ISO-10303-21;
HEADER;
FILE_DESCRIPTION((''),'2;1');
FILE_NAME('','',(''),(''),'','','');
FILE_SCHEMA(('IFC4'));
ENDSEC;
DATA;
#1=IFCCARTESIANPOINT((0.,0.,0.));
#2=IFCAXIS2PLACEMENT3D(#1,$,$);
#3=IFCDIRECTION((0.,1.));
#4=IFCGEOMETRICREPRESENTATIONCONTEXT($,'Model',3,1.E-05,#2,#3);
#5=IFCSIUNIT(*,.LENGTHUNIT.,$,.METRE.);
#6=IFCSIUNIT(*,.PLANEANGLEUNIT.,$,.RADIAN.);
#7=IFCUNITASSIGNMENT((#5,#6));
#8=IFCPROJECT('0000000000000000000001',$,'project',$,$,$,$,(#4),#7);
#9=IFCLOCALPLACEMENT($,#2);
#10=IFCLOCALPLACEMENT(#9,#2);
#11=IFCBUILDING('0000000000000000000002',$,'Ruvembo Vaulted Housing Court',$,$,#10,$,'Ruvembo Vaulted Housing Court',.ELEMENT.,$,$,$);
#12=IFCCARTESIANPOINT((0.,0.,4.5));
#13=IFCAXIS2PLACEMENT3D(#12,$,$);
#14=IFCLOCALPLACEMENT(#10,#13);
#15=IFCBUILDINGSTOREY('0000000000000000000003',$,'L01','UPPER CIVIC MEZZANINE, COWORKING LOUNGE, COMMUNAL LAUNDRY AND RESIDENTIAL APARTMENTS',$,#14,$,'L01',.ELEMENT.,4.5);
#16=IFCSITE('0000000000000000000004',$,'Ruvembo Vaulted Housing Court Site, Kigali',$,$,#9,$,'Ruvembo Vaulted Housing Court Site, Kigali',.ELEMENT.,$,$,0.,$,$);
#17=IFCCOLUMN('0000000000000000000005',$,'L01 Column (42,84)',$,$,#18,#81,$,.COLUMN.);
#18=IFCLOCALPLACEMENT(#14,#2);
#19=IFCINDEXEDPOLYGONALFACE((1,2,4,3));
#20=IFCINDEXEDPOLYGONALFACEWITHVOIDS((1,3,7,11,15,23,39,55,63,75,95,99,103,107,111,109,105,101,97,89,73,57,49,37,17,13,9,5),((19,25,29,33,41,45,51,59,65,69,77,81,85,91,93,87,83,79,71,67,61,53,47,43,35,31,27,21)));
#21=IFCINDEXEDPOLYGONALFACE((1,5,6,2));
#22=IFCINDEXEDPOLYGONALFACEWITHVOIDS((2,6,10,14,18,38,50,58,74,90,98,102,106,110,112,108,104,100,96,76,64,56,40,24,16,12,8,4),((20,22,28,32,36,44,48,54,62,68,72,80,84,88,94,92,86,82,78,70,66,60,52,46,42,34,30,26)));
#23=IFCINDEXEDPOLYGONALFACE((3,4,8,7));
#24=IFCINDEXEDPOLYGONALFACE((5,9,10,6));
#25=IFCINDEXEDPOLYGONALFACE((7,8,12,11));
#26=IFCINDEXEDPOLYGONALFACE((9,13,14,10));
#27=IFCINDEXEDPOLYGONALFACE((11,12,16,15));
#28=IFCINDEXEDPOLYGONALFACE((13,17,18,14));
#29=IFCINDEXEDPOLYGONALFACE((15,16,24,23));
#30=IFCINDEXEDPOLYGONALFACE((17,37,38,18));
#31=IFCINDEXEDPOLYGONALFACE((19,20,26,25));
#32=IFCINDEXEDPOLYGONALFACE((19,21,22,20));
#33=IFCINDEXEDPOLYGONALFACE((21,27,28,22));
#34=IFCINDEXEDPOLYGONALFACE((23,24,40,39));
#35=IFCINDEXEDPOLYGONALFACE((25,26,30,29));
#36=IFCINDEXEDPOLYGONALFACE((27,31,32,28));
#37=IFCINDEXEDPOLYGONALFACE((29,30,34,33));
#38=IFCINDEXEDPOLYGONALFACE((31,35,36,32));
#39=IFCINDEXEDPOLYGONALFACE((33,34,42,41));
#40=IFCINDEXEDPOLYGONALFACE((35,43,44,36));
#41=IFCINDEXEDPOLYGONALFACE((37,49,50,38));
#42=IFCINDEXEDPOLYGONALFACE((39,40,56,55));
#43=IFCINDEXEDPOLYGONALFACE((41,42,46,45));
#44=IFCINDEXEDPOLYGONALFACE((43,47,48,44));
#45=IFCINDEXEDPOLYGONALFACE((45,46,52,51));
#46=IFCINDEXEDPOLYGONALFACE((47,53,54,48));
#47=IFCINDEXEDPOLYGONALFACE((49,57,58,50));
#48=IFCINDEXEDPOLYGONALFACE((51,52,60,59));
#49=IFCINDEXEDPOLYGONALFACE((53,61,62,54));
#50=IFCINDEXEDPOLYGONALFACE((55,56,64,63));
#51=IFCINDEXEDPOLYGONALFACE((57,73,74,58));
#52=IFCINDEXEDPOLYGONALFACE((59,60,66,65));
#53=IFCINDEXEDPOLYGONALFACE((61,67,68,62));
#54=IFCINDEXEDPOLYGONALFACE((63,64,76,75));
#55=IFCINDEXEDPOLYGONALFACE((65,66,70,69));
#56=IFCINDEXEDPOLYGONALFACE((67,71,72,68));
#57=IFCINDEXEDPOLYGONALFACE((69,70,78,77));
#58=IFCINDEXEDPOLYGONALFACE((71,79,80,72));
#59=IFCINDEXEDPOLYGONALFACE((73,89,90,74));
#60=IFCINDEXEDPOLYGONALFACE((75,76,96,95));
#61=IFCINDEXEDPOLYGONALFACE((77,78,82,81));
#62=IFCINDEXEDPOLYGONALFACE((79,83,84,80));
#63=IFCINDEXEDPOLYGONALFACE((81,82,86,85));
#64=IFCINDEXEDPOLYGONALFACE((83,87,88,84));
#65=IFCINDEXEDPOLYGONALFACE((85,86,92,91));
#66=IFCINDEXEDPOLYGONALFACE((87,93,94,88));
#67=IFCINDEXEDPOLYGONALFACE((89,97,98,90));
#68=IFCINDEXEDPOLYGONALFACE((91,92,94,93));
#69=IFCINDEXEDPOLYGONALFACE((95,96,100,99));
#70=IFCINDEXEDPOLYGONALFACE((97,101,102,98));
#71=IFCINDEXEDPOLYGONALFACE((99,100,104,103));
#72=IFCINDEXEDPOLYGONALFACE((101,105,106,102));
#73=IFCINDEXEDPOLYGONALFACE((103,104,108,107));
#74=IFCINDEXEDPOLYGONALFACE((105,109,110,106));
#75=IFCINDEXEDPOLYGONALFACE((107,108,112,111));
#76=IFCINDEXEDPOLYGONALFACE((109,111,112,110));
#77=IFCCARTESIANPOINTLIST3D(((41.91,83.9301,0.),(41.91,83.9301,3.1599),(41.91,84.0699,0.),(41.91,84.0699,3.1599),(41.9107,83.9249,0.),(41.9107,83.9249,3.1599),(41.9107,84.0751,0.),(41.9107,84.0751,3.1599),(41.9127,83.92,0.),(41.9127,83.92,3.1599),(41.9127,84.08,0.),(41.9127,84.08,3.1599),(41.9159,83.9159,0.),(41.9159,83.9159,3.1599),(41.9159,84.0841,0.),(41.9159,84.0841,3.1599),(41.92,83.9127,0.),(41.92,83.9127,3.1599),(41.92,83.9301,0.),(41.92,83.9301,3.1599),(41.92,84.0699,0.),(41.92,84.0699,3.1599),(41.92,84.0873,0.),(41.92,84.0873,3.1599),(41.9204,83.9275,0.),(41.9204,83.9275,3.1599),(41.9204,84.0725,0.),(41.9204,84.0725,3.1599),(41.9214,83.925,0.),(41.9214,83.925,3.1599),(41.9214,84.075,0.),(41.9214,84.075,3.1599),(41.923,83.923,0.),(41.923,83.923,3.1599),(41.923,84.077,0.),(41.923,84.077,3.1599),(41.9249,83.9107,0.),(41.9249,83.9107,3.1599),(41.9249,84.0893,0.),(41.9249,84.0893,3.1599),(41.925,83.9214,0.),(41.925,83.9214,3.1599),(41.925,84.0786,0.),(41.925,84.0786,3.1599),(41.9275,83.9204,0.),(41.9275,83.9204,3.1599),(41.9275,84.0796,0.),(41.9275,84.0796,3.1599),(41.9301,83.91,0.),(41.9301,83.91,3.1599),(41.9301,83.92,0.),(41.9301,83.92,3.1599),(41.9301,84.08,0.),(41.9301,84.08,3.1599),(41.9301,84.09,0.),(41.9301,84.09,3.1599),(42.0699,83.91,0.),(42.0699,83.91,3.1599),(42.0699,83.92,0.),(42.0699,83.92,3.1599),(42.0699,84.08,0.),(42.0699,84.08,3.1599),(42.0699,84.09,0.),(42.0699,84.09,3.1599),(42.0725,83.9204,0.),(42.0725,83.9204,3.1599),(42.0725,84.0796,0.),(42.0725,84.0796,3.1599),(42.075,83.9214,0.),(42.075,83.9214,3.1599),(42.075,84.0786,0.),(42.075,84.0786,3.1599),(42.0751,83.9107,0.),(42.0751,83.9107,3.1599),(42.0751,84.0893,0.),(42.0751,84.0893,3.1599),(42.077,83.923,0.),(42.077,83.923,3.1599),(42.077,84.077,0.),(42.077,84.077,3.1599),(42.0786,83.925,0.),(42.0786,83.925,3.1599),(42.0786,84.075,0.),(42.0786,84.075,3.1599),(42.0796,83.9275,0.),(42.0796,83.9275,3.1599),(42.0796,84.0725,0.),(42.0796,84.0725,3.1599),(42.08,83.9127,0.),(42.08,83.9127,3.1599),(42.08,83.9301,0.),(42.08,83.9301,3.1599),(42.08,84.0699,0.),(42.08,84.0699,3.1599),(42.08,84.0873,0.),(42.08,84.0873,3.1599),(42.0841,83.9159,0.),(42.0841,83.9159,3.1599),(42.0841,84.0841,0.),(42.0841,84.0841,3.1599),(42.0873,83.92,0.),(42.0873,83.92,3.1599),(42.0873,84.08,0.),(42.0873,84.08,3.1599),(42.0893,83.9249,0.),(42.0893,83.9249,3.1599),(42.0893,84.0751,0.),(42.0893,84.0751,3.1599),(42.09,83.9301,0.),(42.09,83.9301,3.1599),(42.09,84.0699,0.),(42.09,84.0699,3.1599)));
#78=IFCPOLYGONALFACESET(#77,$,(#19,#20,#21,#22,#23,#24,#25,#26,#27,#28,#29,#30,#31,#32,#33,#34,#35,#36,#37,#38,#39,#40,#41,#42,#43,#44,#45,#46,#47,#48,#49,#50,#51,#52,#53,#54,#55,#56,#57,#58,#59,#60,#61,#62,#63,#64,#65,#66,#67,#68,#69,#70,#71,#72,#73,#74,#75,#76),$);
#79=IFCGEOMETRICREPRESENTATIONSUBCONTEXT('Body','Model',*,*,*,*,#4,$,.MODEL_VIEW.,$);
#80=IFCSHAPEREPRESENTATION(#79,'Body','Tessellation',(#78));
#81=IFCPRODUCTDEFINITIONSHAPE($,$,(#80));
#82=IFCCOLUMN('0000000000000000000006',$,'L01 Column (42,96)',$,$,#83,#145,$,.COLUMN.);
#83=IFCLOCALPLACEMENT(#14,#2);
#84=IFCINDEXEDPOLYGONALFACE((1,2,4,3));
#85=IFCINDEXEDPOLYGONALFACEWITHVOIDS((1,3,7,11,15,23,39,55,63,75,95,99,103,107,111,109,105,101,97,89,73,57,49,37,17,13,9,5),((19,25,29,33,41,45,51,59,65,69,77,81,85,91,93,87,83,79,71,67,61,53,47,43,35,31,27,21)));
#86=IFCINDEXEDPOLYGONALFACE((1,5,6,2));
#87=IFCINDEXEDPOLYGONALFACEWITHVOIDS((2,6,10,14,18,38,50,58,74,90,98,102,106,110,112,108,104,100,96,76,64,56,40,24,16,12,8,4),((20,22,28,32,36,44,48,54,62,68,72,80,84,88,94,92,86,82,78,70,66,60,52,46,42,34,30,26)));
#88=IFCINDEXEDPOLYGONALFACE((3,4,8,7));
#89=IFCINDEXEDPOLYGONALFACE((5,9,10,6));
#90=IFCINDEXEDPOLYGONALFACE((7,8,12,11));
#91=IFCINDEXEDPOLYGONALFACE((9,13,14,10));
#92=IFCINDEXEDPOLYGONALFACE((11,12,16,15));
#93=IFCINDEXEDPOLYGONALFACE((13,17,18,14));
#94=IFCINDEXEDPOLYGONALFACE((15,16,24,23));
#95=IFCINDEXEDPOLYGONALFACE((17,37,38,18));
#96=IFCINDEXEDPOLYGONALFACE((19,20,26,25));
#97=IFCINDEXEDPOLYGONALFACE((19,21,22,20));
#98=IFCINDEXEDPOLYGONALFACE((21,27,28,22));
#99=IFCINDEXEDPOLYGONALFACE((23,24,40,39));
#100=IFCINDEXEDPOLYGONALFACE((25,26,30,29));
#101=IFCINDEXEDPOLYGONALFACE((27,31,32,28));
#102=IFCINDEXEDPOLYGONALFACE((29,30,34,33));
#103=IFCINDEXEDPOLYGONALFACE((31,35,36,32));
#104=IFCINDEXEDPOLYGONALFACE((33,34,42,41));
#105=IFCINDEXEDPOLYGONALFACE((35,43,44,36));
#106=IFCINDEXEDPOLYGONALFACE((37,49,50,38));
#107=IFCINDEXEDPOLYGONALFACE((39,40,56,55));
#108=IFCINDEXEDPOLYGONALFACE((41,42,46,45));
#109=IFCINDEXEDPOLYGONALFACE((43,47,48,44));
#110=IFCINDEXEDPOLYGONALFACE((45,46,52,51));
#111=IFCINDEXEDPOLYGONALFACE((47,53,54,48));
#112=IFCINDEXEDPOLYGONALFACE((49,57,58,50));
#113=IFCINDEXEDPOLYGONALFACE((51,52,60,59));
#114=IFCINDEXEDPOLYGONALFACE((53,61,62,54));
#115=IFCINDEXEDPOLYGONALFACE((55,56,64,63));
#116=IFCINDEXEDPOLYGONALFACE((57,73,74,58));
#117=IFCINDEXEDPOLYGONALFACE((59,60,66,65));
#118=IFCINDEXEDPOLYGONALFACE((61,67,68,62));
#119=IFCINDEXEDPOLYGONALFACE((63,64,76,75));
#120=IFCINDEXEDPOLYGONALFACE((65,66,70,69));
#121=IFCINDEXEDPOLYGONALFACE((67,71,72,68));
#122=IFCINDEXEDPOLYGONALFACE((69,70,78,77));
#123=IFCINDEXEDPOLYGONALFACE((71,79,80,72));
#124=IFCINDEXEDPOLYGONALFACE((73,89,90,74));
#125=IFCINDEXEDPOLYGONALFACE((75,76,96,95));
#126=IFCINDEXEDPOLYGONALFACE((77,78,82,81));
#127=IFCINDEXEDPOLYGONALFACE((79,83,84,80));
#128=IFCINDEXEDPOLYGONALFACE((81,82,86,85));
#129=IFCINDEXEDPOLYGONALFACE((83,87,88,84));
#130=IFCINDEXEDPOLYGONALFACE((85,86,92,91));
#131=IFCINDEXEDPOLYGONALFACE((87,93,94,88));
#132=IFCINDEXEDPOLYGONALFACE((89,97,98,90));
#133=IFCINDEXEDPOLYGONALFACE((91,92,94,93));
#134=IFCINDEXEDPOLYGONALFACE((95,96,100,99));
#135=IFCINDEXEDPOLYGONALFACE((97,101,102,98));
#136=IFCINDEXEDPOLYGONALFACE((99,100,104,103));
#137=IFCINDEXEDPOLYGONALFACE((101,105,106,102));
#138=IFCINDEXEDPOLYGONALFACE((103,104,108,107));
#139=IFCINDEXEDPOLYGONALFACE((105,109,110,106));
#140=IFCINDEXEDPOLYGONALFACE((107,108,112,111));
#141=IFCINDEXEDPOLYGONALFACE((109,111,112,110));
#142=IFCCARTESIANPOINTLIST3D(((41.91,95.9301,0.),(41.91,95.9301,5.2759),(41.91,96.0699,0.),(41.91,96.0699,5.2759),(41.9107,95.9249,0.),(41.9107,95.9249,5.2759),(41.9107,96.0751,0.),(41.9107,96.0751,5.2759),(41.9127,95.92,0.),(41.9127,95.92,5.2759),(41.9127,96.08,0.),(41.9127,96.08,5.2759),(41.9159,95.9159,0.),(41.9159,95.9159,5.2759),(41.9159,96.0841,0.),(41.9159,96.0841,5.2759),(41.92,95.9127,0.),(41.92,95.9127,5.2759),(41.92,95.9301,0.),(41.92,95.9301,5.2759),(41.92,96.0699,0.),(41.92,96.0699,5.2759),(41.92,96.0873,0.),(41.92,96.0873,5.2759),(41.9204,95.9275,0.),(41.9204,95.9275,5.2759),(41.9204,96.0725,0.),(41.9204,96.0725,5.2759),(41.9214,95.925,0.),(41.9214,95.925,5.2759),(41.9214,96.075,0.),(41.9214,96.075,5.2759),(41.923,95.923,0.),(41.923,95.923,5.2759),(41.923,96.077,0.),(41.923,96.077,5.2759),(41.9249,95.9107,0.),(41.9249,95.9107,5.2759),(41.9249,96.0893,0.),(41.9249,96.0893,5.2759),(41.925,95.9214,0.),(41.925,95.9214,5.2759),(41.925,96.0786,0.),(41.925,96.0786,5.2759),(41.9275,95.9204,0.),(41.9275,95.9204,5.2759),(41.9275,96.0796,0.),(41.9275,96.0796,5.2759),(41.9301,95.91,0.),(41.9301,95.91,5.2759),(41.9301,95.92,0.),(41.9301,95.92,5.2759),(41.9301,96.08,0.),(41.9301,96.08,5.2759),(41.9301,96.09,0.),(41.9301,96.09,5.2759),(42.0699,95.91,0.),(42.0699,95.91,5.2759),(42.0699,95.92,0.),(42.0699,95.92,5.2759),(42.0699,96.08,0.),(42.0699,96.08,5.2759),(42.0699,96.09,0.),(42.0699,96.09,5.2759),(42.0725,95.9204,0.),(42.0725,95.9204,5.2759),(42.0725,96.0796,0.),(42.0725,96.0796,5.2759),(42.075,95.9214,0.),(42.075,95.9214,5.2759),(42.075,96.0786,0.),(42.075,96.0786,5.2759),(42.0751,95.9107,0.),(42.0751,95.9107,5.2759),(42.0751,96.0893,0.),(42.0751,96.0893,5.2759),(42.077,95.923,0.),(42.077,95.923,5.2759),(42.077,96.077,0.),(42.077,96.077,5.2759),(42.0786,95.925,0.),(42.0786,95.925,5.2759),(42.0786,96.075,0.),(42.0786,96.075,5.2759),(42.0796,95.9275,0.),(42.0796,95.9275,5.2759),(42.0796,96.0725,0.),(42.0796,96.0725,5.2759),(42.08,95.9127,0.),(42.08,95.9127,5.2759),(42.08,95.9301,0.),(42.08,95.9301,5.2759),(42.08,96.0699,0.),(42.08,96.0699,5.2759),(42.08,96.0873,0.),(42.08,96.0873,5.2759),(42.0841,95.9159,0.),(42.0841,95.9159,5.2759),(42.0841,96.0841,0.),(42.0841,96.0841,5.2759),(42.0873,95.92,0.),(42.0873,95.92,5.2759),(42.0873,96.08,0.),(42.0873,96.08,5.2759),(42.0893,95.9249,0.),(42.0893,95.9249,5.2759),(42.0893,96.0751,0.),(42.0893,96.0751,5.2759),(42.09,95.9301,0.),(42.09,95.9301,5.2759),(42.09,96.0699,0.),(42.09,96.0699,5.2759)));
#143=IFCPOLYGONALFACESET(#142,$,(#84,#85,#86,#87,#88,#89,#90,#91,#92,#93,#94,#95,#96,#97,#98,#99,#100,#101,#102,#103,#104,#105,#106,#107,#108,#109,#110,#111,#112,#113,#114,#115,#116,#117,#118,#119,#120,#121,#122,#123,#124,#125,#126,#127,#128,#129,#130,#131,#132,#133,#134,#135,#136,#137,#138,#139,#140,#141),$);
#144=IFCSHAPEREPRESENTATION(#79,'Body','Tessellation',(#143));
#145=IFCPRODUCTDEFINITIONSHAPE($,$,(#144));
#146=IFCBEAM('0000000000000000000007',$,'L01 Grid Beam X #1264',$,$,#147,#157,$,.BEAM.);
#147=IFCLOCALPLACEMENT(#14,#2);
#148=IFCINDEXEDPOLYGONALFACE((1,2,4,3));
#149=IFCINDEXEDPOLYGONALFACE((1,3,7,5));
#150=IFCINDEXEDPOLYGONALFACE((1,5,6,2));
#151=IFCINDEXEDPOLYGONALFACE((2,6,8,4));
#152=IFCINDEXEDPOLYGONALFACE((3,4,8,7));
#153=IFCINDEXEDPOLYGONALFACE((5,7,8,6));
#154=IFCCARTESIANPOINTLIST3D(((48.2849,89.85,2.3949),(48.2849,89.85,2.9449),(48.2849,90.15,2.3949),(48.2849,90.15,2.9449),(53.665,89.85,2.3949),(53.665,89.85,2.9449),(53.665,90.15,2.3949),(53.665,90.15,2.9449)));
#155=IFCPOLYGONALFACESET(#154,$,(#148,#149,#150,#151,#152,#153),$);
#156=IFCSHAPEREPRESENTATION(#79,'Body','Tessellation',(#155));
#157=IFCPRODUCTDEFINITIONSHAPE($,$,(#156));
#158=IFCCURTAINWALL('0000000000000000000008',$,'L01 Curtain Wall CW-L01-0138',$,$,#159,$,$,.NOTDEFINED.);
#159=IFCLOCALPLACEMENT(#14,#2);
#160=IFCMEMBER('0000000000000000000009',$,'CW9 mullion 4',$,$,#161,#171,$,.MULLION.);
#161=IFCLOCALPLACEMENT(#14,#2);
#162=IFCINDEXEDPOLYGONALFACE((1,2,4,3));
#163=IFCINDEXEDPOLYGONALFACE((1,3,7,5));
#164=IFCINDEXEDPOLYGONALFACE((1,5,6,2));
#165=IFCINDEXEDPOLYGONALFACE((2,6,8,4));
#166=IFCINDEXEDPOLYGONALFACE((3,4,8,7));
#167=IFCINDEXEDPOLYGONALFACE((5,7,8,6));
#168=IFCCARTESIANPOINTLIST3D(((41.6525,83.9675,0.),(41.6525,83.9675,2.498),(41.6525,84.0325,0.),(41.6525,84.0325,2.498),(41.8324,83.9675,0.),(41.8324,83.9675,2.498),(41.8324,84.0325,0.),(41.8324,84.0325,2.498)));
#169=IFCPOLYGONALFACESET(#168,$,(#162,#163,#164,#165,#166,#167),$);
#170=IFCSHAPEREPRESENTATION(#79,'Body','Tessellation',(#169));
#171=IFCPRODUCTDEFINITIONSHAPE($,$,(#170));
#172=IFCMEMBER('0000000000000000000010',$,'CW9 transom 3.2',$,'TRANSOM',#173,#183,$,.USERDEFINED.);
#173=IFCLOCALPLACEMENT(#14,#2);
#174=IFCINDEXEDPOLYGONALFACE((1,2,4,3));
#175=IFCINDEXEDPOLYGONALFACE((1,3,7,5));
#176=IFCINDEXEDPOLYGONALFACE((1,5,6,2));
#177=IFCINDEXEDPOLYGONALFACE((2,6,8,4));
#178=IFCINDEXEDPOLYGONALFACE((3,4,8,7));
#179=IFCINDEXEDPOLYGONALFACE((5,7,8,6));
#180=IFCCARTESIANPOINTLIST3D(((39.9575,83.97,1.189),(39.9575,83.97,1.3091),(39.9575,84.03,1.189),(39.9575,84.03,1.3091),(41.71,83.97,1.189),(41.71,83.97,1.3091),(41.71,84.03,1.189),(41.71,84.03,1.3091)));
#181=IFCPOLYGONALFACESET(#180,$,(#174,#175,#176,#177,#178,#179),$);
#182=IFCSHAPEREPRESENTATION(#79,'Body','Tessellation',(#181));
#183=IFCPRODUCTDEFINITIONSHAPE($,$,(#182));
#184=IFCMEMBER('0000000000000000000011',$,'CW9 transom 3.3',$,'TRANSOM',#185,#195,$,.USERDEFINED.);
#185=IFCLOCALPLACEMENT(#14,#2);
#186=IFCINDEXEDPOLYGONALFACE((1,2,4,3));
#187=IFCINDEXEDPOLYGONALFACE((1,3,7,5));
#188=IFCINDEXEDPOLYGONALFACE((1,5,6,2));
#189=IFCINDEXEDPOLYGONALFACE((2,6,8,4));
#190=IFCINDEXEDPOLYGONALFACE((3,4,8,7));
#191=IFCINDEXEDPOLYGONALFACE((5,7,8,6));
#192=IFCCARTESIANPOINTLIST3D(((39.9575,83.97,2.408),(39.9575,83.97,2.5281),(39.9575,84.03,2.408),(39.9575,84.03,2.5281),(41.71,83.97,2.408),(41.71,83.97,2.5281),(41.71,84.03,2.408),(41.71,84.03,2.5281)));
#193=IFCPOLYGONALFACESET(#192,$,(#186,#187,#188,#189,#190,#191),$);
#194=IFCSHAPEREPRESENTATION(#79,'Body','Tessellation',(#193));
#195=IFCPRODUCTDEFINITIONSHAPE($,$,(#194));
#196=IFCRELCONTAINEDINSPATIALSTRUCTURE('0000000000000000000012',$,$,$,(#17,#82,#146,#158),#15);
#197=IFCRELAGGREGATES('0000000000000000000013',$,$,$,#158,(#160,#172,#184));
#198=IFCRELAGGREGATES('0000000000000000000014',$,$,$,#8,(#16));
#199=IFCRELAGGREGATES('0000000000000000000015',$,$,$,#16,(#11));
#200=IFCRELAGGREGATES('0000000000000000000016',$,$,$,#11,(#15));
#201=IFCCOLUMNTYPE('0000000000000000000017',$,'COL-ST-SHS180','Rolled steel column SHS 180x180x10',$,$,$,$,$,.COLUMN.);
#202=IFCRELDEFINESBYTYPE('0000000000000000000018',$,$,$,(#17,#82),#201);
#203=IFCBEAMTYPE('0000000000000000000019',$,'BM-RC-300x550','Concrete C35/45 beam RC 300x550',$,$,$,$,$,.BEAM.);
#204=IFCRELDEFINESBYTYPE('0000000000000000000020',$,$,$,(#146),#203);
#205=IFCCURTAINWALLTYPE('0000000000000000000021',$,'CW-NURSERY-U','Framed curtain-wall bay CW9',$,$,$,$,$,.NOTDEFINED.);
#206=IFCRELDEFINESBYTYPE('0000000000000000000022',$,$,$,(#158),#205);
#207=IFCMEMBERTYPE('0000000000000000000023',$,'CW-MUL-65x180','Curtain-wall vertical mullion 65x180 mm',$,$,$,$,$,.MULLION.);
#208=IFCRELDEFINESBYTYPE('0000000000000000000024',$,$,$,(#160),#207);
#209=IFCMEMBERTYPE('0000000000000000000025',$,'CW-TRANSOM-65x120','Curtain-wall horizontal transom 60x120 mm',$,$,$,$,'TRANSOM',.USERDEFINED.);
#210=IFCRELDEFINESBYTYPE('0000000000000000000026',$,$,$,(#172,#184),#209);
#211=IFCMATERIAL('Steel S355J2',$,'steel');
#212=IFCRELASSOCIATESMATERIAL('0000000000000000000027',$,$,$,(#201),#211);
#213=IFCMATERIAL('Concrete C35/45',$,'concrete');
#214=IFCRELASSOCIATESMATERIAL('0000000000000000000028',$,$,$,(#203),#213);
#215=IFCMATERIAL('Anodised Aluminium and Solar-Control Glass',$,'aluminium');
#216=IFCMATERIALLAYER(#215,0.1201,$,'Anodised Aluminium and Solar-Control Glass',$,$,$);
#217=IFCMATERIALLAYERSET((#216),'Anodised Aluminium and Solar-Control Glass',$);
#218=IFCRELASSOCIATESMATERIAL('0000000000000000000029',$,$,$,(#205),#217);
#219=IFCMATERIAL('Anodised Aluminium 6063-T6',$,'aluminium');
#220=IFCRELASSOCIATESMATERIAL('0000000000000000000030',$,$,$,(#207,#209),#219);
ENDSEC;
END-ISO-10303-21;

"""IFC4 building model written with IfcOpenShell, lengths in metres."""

from ifc_helpers import new_model, si_unit, direction, frame, origin, origin_2d, place, context, subcontext, project, spatial, rectangle, hollow_rectangle, extrude, material, layer, layer_set, material_profile, profile_set, type_object, element, aggregate, save


model = new_model("IFC4")

# Units and contexts
model_context = context("Model", 3, precision=1e-05, world=origin(), true_north=direction((0.0, 1.0)))
body_context = subcontext(model_context, "Body", "Model", "MODEL_VIEW")
ifc_project = project(units=[si_unit("LENGTHUNIT", "METRE"), si_unit("PLANEANGLEUNIT", "RADIAN")], contexts=[model_context])

# Site, building, storey
site_placement = place(None, origin())
site = spatial("IfcSite", under=ifc_project, at=site_placement, Name="Ruvembo Vaulted Housing Court Site, Kigali", LongName="Ruvembo Vaulted Housing Court Site, Kigali", CompositionType="ELEMENT", RefElevation=0.0)
building_placement = place(site_placement, origin())
building = spatial("IfcBuilding", under=site, at=building_placement, Name="Ruvembo Vaulted Housing Court", LongName="Ruvembo Vaulted Housing Court", CompositionType="ELEMENT")
storey_placement = place(building_placement, frame((0.0, 0.0, 4.5)))
storey = spatial("IfcBuildingStorey", under=building, at=storey_placement, Name="L01", Description="UPPER CIVIC MEZZANINE, COWORKING LOUNGE, COMMUNAL LAUNDRY AND RESIDENTIAL APARTMENTS", LongName="L01", CompositionType="ELEMENT", Elevation=4.5)

# Columns
ifc_material_1 = material(Name="Steel S355J2", Category="steel")
ifc_material_profile_1 = material_profile(ifc_material_1, hollow_rectangle(XDim=0.1799, YDim=0.1799, WallThickness=0.01, InnerFilletRadius=0.01, OuterFilletRadius=0.02, at=origin_2d()), Name="SHS 180x180x10")
ifc_profile_set_1 = profile_set([ifc_material_profile_1], Name="Steel S355J2")
column_type_1 = type_object("IfcColumnType", Name="COL-ST-SHS180", Description="Rolled steel column SHS 180x180x10", PredefinedType="COLUMN", material=ifc_profile_set_1)
column_1_placement = place(storey_placement, frame((42.0, 84.0, 0.0), z_axis=(0.0, 0.0, 1.0), x_axis=(1.0, 0.0, 0.0)))
element("IfcColumn", 1, at=column_1_placement, inside=storey, type_object=column_type_1, Name="L01 Column (42,84)", PredefinedType="COLUMN", context=body_context, shape_type="SweptSolid", body=[
    extrude(hollow_rectangle(XDim=0.1799, YDim=0.1799, WallThickness=0.01, InnerFilletRadius=0.01, OuterFilletRadius=0.02, at=origin_2d()), origin(), (0.0, 0.0, 1.0), 3.1599),
])
column_2_placement = place(storey_placement, frame((42.0, 96.0, 0.0), z_axis=(0.0, 0.0, 1.0), x_axis=(1.0, 0.0, 0.0)))
element("IfcColumn", 2, at=column_2_placement, inside=storey, type_object=column_type_1, Name="L01 Column (42,96)", PredefinedType="COLUMN", context=body_context, shape_type="SweptSolid", body=[
    extrude(hollow_rectangle(XDim=0.1799, YDim=0.1799, WallThickness=0.01, InnerFilletRadius=0.01, OuterFilletRadius=0.02, at=origin_2d()), origin(), (0.0, 0.0, 1.0), 5.2759),
])

# Beam
ifc_material_2 = material(Name="Concrete C35/45", Category="concrete")
ifc_material_profile_2 = material_profile(ifc_material_2, rectangle(XDim=0.3, YDim=0.55, at=origin_2d()), Name="RC 300x550")
ifc_profile_set_2 = profile_set([ifc_material_profile_2], Name="Concrete C35/45")
beam_type_1 = type_object("IfcBeamType", Name="BM-RC-300x550", Description="Concrete C35/45 beam RC 300x550", PredefinedType="BEAM", material=ifc_profile_set_2)
beam_1_placement = place(storey_placement, frame((48.2849, 90.0, 2.6699), z_axis=(1.0, 0.0, 0.0), x_axis=(0.0, 1.0, 0.0)))
element("IfcBeam", 3, at=beam_1_placement, inside=storey, type_object=beam_type_1, Name="L01 Grid Beam X #1264", PredefinedType="BEAM", context=body_context, shape_type="SweptSolid", body=[
    extrude(rectangle(XDim=0.3, YDim=0.55, at=origin_2d()), origin(), (0.0, 0.0, 1.0), 5.3801),
])

# Curtain wall, members
ifc_material_3 = material(Name="Anodised Aluminium and Solar-Control Glass", Category="aluminium")
ifc_layer_1 = layer(ifc_material_3, 0.1201, Name="Anodised Aluminium and Solar-Control Glass")
ifc_layer_set_1 = layer_set([ifc_layer_1], Name="Anodised Aluminium and Solar-Control Glass")
curtain_wall_type = type_object("IfcCurtainWallType", Name="CW-NURSERY-U", Description="Framed curtain-wall bay CW9", PredefinedType="NOTDEFINED", material=ifc_layer_set_1)
curtain_wall_placement = place(storey_placement, origin())
curtain_wall = element("IfcCurtainWall", 4, at=curtain_wall_placement, inside=storey, type_object=curtain_wall_type, Name="L01 Curtain Wall CW-L01-0138", PredefinedType="NOTDEFINED")
ifc_material_4 = material(Name="Anodised Aluminium 6063-T6", Category="aluminium")
ifc_material_profile_3 = material_profile(ifc_material_4, rectangle(XDim=0.0649, YDim=0.1799, at=origin_2d()), Name="ALU 65x180")
ifc_profile_set_3 = profile_set([ifc_material_profile_3], Name="Anodised Aluminium 6063-T6")
member_type_1 = type_object("IfcMemberType", Name="CW-MUL-65x180", Description="Curtain-wall vertical mullion 65x180 mm", PredefinedType="MULLION", material=ifc_profile_set_3)
member_1_placement = place(storey_placement, frame((41.7424, 84.0, 0.0), z_axis=(0.0, 0.0, 1.0), x_axis=(0.0, 1.0, 0.0)))
member_1 = element("IfcMember", 5, at=member_1_placement, type_object=member_type_1, Name="CW9 mullion 4", PredefinedType="MULLION", context=body_context, shape_type="SweptSolid", body=[
    extrude(rectangle(XDim=0.0649, YDim=0.1799, at=origin_2d()), origin(), (0.0, 0.0, 1.0), 2.498),
])
ifc_material_profile_4 = material_profile(ifc_material_4, rectangle(XDim=0.0601, YDim=0.1201, at=origin_2d()), Name="ALU 60x120")
ifc_profile_set_4 = profile_set([ifc_material_profile_4], Name="Anodised Aluminium 6063-T6")
member_type_2 = type_object("IfcMemberType", Name="CW-TRANSOM-65x120", Description="Curtain-wall horizontal transom 60x120 mm", ElementType="TRANSOM", PredefinedType="USERDEFINED", material=ifc_profile_set_4)
member_2_placement = place(storey_placement, frame((39.9575, 84.0, 1.249), z_axis=(1.0, 0.0, 0.0), x_axis=(0.0, 1.0, 0.0)))
member_2 = element("IfcMember", 6, at=member_2_placement, type_object=member_type_2, Name="CW9 transom 3.2", ObjectType="TRANSOM", PredefinedType="USERDEFINED", context=body_context, shape_type="SweptSolid", body=[
    extrude(rectangle(XDim=0.0601, YDim=0.1201, at=origin_2d()), origin(), (0.0, 0.0, 1.0), 1.7524),
])
member_3_placement = place(storey_placement, frame((39.9575, 84.0, 2.468), z_axis=(1.0, 0.0, 0.0), x_axis=(0.0, 1.0, 0.0)))
member_3 = element("IfcMember", 7, at=member_3_placement, type_object=member_type_2, Name="CW9 transom 3.3", ObjectType="TRANSOM", PredefinedType="USERDEFINED", context=body_context, shape_type="SweptSolid", body=[
    extrude(rectangle(XDim=0.0601, YDim=0.1201, at=origin_2d()), origin(), (0.0, 0.0, 1.0), 1.7524),
])

aggregate(curtain_wall, [member_1, member_2, member_3])

save(model, "model.ifc")
